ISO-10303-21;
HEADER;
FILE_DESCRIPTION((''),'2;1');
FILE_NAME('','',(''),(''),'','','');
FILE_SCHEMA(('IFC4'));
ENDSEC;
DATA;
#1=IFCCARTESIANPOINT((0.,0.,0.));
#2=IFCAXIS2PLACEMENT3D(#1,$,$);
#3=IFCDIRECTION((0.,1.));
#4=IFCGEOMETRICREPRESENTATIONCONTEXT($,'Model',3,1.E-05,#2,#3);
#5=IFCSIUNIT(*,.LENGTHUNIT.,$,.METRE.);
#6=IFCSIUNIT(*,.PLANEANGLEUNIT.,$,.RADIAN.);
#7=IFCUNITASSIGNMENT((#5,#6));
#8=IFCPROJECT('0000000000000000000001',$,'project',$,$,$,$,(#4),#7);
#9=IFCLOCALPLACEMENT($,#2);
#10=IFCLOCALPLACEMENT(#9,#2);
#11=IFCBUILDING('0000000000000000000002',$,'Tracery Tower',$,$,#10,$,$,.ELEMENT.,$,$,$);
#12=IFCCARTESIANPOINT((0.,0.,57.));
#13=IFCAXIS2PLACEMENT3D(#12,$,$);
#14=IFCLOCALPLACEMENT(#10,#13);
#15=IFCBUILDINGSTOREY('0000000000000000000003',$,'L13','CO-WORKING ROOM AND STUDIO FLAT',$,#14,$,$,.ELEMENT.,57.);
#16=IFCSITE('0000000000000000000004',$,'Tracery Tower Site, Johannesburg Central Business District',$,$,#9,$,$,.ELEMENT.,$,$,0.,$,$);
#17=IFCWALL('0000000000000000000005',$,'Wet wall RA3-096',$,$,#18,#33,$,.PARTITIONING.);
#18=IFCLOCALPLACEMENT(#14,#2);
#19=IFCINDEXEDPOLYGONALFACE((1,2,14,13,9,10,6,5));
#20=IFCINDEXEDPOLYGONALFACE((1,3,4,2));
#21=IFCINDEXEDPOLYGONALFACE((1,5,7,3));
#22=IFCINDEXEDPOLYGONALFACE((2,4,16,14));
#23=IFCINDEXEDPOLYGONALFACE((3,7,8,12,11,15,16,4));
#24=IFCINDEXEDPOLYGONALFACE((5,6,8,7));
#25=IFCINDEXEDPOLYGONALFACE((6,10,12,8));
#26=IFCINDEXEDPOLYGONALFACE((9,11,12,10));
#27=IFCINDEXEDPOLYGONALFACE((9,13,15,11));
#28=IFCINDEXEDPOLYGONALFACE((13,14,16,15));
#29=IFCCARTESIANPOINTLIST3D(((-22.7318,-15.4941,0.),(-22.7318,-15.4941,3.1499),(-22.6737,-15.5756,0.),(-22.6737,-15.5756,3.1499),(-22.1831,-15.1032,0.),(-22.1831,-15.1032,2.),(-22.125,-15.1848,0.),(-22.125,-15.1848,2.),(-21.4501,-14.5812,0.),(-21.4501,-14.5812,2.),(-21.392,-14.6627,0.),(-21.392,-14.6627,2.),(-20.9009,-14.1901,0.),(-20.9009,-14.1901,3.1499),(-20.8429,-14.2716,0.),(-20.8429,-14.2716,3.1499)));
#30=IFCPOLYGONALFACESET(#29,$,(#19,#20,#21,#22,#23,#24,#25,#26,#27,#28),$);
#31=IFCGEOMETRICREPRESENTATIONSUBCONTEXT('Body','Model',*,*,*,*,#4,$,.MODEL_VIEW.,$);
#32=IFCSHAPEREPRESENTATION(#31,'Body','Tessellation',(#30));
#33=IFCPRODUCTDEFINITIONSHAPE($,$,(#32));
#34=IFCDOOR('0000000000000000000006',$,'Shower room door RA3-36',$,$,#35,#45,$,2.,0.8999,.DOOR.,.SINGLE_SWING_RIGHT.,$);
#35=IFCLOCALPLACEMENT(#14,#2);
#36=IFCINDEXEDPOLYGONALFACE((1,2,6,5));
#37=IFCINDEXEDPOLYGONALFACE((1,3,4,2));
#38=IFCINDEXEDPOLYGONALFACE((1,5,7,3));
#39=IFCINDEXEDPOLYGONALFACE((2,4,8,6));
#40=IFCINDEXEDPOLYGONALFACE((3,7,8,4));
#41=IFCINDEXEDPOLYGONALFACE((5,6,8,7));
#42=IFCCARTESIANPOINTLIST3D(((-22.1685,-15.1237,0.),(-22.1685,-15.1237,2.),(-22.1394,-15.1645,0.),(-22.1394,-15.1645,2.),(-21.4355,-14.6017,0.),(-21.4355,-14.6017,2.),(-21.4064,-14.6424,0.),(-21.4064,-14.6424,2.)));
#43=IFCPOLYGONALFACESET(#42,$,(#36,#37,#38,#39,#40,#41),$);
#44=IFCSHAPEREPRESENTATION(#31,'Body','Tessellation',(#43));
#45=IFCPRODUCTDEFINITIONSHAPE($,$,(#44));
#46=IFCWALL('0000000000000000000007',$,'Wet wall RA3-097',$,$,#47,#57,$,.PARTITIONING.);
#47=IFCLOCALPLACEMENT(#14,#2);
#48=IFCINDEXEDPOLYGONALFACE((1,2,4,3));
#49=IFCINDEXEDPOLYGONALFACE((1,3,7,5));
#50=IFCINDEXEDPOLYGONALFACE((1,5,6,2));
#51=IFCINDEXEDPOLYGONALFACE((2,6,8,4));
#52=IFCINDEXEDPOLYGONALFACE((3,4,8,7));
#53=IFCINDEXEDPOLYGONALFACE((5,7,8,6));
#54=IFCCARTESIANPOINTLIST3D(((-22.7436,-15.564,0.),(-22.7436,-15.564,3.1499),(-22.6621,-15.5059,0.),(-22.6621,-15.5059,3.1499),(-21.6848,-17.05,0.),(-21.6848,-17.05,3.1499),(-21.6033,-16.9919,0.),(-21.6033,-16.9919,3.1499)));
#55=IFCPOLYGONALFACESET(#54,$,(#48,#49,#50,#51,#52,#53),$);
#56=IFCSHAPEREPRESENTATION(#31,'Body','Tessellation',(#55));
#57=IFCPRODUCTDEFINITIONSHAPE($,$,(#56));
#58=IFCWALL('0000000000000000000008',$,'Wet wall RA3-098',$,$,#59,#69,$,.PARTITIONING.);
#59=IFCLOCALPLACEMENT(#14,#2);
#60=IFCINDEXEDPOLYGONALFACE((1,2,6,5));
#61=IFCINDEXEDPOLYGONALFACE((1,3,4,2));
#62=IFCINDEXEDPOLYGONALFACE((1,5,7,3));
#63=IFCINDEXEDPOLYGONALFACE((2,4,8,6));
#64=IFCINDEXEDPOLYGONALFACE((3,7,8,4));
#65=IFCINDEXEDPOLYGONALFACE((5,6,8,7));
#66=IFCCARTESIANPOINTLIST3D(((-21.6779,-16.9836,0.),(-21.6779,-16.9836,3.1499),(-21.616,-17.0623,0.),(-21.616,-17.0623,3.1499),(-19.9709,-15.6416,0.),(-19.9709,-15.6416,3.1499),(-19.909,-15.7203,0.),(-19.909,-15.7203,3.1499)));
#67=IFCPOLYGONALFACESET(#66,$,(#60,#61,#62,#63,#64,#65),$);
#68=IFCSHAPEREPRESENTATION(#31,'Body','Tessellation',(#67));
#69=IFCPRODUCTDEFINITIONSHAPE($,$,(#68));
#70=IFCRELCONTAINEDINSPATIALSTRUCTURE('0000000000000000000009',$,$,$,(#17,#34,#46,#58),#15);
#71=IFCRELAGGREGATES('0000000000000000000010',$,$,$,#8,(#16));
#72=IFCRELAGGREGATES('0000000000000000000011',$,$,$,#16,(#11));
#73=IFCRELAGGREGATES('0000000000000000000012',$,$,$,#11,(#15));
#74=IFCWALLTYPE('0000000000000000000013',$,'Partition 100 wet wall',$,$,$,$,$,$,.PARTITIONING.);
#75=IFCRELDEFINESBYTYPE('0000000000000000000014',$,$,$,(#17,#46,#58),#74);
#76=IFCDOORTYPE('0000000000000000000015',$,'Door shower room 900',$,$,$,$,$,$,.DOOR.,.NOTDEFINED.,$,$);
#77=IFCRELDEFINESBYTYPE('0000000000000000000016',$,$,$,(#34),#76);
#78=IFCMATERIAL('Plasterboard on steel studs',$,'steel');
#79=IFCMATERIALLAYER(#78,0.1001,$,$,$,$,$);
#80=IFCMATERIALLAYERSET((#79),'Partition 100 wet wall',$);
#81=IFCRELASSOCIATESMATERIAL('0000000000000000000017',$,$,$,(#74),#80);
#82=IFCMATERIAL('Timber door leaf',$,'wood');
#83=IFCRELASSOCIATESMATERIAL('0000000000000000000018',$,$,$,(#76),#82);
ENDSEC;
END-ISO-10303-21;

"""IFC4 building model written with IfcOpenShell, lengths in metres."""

from ifc_helpers import new_model, si_unit, direction, frame, frame_2d, origin, place, context, subcontext, project, spatial, rectangle, extrude, material, layer, layer_set, type_object, element, fill, save


model = new_model("IFC4")

# Units and contexts
model_context = context("Model", 3, precision=1e-05, world=origin(), true_north=direction((0.0, 1.0)))
body_context = subcontext(model_context, "Body", "Model", "MODEL_VIEW")
ifc_project = project(units=[si_unit("LENGTHUNIT", "METRE"), si_unit("PLANEANGLEUNIT", "RADIAN")], contexts=[model_context])

# Site, building, storey
site_placement = place(None, origin())
site = spatial("IfcSite", under=ifc_project, at=site_placement, Name="Tracery Tower Site, Johannesburg Central Business District", CompositionType="ELEMENT", RefElevation=0.0)
building_placement = place(site_placement, origin())
building = spatial("IfcBuilding", under=site, at=building_placement, Name="Tracery Tower", CompositionType="ELEMENT")
storey_placement = place(building_placement, frame((0.0, 0.0, 57.0)))
storey = spatial("IfcBuildingStorey", under=building, at=storey_placement, Name="L13", Description="CO-WORKING ROOM AND STUDIO FLAT", CompositionType="ELEMENT", Elevation=57.0)

# Wall, opening, door
ifc_material_1 = material(Name="Plasterboard on steel studs", Category="steel")
ifc_layer_1 = layer(ifc_material_1, 0.1001)
ifc_layer_set_1 = layer_set([ifc_layer_1], Name="Partition 100 wet wall")
wall_type_1 = type_object("IfcWallType", Name="Partition 100 wet wall", PredefinedType="PARTITIONING", material=ifc_layer_set_1)
wall_1_placement = place(storey_placement, frame((-22.7029, -15.5349, 0.0), z_axis=(0.0, 0.0, 1.0), x_axis=(0.814525, 0.580128, 0.0)))
wall_1 = element("IfcWall", 1, at=wall_1_placement, inside=storey, type_object=wall_type_1, Name="Wet wall RA3-096", PredefinedType="PARTITIONING", context=body_context, shape_type="SweptSolid", body=[
    extrude(rectangle(XDim=2.2478, YDim=0.1001, at=frame_2d((1.124, 0.0))), origin(), (0.0, 0.0, 1.0), 3.1499),
])
opening_1_placement = place(wall_1_placement, frame((0.6738, 0.0, 0.0)))
opening_1 = element("IfcOpeningElement", 2, at=opening_1_placement, cuts=wall_1, PredefinedType="OPENING", context=body_context, shape_type="SweptSolid", body=[
    extrude(rectangle(XDim=0.8999, YDim=2.0, at=frame_2d((0.45, 1.0))), frame((0.0, 0.05, 0.0), z_axis=(0.0, -1.0, 0.0), x_axis=(1.0, 0.0, 0.0)), (0.0, 0.0, 1.0), 0.1001),
])
ifc_material_2 = material(Name="Timber door leaf", Category="wood")
door_type_1 = type_object("IfcDoorType", Name="Door shower room 900", OperationType="NOTDEFINED", PredefinedType="DOOR", material=ifc_material_2)
door_1_placement = place(opening_1_placement, origin())
door_1 = element("IfcDoor", 3, at=door_1_placement, inside=storey, type_object=door_type_1, Name="Shower room door RA3-36", OperationType="SINGLE_SWING_RIGHT", OverallHeight=2.0, OverallWidth=0.8999, PredefinedType="DOOR", context=body_context, shape_type="SweptSolid", body=[
    extrude(rectangle(XDim=0.8999, YDim=2.0, at=frame_2d((0.45, 1.0))), frame((0.0, 0.0249, 0.0), z_axis=(0.0, -1.0, 0.0), x_axis=(1.0, 0.0, 0.0)), (0.0, 0.0, 1.0), 0.05),
])
fill(opening_1, door_1)

# Walls
wall_2_placement = place(storey_placement, frame((-22.7029, -15.5349, 0.0), z_axis=(0.0, 0.0, 1.0), x_axis=(0.580276, -0.81442, 0.0)))
element("IfcWall", 4, at=wall_2_placement, inside=storey, type_object=wall_type_1, Name="Wet wall RA3-097", PredefinedType="PARTITIONING", context=body_context, shape_type="SweptSolid", body=[
    extrude(rectangle(XDim=1.8247, YDim=0.1001, at=frame_2d((0.9124, 0.0))), origin(), (0.0, 0.0, 1.0), 3.1499),
])
wall_3_placement = place(storey_placement, frame((-21.647, -17.0229, 0.0), z_axis=(0.0, 0.0, 1.0), x_axis=(0.786139, 0.61805, 0.0)))
element("IfcWall", 5, at=wall_3_placement, inside=storey, type_object=wall_type_1, Name="Wet wall RA3-098", PredefinedType="PARTITIONING", context=body_context, shape_type="SweptSolid", body=[
    extrude(rectangle(XDim=2.1714, YDim=0.1001, at=frame_2d((1.0857, 0.0))), origin(), (0.0, 0.0, 1.0), 3.1499),
])

save(model, "model.ifc")
